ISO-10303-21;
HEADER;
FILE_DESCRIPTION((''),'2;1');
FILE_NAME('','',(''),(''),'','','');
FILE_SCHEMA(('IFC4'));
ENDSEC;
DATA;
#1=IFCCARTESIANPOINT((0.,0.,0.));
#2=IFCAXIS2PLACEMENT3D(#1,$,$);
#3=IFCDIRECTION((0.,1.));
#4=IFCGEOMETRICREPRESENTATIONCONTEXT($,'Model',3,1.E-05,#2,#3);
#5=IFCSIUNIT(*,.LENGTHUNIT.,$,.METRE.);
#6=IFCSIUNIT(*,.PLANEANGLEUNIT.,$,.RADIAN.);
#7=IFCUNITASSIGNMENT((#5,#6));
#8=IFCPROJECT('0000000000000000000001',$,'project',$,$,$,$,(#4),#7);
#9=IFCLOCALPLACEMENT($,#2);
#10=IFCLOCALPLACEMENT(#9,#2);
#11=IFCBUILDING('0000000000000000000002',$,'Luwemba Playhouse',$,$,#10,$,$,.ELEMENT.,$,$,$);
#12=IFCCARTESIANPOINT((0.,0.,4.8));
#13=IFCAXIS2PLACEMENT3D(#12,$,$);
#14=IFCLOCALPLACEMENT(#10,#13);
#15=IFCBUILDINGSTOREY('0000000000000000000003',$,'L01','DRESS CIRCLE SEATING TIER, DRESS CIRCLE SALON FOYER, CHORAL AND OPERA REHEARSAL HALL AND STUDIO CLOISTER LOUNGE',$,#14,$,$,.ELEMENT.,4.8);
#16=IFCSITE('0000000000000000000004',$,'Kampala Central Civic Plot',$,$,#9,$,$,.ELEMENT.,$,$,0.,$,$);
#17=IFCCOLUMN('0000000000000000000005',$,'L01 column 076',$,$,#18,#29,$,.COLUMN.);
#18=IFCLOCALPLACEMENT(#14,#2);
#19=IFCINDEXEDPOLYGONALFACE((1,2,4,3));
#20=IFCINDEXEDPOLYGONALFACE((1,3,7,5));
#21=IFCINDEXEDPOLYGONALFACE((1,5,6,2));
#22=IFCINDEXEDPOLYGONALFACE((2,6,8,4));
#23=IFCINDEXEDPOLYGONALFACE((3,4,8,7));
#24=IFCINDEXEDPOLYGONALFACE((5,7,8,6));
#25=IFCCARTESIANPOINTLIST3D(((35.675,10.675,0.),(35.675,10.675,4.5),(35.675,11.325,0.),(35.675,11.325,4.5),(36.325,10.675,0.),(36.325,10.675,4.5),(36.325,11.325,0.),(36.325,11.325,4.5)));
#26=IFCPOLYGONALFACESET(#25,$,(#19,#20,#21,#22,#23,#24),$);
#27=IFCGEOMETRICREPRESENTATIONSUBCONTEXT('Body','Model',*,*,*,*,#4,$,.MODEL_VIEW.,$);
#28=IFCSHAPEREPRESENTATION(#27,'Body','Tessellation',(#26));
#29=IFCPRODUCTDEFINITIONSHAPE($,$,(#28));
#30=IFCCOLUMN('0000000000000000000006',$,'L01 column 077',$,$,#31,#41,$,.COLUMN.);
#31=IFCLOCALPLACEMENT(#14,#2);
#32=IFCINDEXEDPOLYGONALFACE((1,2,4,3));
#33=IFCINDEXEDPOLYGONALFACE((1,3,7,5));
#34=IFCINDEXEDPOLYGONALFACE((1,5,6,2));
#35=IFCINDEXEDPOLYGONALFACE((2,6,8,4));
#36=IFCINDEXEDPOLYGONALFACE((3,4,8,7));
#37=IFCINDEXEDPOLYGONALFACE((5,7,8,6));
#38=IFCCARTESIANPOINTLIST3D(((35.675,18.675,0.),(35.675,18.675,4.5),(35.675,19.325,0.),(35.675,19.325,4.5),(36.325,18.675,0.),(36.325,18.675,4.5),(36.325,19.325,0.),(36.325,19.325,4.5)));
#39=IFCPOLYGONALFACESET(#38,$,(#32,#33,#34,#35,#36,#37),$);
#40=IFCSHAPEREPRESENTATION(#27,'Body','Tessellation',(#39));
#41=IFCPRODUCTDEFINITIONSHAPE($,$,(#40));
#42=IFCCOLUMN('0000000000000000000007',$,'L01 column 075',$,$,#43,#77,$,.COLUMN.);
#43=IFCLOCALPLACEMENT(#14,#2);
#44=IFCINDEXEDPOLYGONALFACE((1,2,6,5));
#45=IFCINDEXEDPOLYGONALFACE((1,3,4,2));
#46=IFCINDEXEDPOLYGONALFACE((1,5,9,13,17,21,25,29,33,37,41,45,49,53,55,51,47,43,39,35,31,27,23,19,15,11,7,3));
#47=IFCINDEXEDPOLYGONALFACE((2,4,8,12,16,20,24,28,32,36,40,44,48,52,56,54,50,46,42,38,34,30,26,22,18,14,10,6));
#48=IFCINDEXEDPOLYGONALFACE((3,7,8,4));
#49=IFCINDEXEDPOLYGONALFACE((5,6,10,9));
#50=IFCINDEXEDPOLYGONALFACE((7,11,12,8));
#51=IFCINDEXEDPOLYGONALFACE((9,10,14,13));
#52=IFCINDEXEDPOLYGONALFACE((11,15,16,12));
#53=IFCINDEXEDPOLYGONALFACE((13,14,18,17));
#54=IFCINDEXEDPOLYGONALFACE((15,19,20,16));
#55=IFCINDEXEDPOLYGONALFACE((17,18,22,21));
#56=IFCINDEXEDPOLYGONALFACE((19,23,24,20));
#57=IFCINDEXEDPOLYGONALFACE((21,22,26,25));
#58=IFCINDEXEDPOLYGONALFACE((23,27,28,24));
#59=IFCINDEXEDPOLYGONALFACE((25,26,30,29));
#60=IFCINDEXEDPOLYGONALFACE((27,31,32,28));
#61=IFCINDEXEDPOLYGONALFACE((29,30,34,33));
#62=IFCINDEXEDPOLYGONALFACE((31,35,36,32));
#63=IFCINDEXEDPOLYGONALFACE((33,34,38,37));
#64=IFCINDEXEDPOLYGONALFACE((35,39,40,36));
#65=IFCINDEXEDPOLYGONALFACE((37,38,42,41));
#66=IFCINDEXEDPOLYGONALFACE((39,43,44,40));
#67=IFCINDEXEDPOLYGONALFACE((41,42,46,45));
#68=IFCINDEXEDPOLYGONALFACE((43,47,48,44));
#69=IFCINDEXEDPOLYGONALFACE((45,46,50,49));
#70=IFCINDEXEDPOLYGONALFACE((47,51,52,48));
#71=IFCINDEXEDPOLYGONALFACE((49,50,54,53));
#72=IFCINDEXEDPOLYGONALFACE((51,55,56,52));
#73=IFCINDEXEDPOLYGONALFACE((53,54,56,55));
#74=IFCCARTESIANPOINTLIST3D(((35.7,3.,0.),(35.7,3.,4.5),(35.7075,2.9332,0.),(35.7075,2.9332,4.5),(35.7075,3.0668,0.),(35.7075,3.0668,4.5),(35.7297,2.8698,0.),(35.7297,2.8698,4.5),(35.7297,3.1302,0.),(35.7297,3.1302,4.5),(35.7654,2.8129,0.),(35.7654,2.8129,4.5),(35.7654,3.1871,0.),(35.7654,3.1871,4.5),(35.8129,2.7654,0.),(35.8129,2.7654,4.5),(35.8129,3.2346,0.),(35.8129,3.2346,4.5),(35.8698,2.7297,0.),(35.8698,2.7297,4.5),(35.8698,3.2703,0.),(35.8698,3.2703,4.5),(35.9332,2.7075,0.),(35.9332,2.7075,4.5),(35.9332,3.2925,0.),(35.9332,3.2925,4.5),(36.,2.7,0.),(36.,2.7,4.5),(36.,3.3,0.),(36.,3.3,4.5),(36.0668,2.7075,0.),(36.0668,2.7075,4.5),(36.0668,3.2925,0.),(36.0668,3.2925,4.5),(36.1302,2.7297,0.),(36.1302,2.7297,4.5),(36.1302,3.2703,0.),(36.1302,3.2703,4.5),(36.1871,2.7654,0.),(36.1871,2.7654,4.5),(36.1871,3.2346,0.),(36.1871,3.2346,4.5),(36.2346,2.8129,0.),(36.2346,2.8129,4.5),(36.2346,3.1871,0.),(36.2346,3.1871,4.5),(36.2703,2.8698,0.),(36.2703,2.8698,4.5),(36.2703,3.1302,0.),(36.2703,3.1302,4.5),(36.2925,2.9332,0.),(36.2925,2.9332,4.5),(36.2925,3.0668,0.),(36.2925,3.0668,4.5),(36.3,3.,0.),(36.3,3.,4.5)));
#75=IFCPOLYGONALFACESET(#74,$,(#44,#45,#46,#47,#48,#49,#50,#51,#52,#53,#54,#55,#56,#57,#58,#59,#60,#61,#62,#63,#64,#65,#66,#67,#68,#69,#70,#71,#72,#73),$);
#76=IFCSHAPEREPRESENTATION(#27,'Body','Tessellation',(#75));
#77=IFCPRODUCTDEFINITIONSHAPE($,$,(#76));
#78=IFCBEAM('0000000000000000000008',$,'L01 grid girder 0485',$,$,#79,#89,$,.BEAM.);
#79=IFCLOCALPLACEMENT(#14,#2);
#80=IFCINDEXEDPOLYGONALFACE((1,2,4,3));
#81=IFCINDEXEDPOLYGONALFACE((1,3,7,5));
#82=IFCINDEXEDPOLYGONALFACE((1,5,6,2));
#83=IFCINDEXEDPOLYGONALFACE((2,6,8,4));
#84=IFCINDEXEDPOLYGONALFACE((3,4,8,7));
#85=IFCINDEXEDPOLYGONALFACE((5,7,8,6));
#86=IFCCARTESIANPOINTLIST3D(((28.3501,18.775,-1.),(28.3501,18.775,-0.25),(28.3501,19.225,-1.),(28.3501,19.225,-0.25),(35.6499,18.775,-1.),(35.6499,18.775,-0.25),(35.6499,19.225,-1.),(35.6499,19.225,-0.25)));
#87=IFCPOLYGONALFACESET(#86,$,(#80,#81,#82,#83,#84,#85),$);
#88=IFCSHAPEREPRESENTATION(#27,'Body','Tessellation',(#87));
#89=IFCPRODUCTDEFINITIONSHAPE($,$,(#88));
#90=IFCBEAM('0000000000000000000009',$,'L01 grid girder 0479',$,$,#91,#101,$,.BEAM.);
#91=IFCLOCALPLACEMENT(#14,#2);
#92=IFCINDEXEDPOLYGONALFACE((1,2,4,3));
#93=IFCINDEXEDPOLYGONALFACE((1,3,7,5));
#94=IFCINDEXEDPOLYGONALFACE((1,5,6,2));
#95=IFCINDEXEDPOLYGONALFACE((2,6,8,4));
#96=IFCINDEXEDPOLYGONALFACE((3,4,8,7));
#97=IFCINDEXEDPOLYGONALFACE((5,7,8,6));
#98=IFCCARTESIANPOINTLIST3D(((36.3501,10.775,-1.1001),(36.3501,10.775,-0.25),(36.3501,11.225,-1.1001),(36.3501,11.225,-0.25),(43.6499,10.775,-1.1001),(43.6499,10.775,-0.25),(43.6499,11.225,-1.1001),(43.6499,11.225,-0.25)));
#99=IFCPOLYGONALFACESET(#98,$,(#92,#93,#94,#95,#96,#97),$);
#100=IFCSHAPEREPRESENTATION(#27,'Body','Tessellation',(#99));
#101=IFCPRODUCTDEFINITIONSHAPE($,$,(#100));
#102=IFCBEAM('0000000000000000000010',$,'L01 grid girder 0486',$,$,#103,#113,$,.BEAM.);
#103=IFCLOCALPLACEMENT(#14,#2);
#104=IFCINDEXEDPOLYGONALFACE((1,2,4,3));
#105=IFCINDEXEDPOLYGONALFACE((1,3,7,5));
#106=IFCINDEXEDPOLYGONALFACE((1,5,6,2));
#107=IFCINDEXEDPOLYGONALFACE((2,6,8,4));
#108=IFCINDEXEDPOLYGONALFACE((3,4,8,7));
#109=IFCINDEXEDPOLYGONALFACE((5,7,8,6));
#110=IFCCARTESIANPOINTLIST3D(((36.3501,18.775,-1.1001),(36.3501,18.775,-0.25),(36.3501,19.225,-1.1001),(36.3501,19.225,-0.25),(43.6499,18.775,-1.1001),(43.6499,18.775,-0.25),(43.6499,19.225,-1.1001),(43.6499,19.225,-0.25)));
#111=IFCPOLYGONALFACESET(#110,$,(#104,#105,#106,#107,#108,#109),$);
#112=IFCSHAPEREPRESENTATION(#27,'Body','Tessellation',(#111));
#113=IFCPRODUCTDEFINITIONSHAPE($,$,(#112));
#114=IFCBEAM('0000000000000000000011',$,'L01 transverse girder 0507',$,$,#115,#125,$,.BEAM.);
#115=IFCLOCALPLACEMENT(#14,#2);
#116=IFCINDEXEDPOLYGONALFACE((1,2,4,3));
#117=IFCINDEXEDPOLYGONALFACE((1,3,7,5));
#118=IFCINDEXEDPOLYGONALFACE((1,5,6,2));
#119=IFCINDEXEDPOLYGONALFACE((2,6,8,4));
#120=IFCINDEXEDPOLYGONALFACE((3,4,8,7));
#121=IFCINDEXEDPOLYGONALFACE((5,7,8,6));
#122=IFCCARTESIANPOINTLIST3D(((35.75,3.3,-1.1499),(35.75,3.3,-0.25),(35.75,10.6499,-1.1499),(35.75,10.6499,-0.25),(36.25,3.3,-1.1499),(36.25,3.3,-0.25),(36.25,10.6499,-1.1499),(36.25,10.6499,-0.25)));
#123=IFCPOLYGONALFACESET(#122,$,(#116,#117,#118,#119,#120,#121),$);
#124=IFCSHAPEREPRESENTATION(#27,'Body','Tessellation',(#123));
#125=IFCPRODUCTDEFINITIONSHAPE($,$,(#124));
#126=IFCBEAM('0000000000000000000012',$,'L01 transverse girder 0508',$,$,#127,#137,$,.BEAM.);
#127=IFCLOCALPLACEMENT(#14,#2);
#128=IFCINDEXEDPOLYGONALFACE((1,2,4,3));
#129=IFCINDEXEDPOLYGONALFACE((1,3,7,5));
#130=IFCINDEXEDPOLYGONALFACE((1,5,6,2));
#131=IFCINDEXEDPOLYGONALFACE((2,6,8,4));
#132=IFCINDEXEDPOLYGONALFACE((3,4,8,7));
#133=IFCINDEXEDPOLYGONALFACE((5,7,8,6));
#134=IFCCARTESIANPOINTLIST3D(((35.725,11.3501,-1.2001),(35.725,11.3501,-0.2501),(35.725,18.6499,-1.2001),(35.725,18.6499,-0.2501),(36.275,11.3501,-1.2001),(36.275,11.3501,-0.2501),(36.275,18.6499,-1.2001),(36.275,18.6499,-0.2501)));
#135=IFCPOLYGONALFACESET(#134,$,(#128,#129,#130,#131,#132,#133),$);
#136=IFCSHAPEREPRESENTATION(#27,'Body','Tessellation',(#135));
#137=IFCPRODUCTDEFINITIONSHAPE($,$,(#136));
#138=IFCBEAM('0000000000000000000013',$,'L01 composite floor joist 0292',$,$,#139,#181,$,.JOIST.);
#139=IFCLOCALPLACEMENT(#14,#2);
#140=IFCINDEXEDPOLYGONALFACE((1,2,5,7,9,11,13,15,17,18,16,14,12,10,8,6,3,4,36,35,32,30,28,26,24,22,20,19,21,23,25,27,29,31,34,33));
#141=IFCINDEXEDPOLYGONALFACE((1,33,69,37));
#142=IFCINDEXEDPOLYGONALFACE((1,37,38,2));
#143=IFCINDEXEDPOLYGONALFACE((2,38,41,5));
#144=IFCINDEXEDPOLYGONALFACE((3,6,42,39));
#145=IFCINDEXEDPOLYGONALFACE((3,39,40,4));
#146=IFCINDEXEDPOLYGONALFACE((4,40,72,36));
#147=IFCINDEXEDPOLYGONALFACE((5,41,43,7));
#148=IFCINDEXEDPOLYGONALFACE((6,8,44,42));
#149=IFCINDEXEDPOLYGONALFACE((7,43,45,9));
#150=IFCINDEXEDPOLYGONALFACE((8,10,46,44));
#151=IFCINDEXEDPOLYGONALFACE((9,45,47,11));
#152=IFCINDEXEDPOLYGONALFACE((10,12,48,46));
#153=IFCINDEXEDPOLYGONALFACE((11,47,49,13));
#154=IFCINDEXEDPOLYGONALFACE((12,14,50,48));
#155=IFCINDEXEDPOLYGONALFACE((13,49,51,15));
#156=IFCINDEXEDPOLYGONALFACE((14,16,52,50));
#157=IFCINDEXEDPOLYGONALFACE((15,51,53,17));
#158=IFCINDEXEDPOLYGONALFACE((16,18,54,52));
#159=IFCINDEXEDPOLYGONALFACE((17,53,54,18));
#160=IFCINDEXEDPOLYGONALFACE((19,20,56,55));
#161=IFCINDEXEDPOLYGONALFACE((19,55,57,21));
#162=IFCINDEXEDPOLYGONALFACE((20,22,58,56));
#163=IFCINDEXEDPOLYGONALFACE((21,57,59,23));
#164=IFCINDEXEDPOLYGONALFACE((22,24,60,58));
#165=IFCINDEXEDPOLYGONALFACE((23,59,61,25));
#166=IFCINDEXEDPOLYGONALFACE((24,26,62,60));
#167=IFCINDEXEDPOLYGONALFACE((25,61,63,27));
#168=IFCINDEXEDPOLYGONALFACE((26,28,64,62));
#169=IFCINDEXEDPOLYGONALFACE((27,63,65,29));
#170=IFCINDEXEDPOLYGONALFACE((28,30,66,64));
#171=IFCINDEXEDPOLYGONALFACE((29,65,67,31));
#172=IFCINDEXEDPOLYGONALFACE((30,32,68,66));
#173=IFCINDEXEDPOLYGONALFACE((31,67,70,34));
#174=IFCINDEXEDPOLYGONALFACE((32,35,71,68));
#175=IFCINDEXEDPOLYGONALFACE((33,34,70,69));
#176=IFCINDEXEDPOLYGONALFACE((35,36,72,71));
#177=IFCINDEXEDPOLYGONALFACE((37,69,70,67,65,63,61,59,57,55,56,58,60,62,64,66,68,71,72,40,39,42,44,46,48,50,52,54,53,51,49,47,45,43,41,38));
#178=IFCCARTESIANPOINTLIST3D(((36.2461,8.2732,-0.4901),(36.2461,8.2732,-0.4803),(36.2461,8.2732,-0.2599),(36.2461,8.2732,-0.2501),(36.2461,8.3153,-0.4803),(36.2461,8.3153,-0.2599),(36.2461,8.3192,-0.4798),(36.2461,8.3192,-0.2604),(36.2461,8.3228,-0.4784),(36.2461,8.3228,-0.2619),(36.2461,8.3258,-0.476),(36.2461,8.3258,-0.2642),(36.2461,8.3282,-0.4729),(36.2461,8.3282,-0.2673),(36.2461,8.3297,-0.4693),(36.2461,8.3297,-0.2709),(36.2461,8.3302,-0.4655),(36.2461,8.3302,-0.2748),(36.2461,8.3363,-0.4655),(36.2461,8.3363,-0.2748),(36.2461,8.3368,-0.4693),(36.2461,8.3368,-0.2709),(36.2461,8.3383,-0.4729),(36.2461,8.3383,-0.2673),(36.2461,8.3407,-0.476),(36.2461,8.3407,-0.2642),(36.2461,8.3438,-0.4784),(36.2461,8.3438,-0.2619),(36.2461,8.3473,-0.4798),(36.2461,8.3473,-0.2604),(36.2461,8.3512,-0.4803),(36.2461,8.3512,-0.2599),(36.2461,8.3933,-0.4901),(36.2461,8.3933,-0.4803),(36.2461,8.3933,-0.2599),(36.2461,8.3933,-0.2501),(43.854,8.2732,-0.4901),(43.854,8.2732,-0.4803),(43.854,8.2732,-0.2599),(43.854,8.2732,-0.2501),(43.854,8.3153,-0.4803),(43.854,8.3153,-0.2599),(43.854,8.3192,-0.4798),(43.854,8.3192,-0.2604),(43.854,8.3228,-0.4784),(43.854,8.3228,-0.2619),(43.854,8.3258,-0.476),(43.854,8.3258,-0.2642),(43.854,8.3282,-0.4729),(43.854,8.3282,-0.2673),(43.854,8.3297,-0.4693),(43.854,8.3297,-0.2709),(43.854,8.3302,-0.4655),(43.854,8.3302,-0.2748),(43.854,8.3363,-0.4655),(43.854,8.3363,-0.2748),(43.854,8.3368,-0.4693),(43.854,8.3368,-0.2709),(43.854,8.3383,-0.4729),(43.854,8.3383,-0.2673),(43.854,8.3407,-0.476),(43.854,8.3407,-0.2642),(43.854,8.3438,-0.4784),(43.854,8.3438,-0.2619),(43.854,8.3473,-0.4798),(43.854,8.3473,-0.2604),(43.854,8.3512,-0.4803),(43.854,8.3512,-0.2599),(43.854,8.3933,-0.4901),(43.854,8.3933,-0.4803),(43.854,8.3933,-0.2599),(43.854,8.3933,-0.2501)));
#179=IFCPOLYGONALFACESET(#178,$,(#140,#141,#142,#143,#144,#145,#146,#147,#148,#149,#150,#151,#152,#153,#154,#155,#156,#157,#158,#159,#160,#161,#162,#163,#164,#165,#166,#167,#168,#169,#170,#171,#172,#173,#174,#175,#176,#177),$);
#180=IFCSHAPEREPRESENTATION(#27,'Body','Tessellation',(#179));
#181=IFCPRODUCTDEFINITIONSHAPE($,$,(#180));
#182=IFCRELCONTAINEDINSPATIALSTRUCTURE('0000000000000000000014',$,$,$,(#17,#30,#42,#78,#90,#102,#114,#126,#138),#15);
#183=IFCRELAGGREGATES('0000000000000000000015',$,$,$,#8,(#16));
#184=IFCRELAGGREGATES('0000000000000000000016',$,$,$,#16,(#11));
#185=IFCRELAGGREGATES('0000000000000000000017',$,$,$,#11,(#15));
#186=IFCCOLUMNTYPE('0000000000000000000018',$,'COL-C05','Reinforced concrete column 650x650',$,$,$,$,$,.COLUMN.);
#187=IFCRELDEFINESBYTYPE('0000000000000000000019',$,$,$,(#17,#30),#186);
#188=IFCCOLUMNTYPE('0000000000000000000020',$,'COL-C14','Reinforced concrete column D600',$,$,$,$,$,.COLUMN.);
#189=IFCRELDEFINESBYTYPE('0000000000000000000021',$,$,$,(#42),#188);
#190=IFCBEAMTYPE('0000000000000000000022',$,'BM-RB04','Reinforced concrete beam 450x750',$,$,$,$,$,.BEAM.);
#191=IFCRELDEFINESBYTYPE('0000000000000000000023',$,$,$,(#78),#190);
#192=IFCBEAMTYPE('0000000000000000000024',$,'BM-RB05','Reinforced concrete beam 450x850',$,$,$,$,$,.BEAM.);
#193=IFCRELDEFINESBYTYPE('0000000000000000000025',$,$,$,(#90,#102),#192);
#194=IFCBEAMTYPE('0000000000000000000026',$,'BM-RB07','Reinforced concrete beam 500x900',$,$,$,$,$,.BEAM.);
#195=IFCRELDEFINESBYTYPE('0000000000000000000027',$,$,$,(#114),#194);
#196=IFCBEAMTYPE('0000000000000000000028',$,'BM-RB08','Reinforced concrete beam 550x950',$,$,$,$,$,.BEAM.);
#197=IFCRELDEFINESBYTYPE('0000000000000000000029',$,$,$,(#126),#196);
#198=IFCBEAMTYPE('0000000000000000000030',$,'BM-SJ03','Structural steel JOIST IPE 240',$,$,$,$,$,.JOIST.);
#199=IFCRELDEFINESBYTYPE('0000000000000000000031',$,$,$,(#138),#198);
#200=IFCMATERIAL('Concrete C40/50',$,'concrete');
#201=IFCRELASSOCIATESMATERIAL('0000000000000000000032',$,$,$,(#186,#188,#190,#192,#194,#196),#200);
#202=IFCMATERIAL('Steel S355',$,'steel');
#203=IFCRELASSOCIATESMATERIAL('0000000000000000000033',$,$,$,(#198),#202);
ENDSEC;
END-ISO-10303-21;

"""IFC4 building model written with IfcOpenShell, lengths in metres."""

from ifc_helpers import new_model, si_unit, direction, frame, origin, origin_2d, place, context, subcontext, project, spatial, rectangle, circle, i_section, extrude, material, material_profile, profile_set, type_object, element, save


model = new_model("IFC4")

# Units and contexts
model_context = context("Model", 3, precision=1e-05, world=origin(), true_north=direction((0.0, 1.0)))
body_context = subcontext(model_context, "Body", "Model", "MODEL_VIEW")
ifc_project = project(units=[si_unit("LENGTHUNIT", "METRE"), si_unit("PLANEANGLEUNIT", "RADIAN")], contexts=[model_context])

# Site, building, storey
site_placement = place(None, origin())
site = spatial("IfcSite", under=ifc_project, at=site_placement, Name="Kampala Central Civic Plot", CompositionType="ELEMENT", RefElevation=0.0)
building_placement = place(site_placement, origin())
building = spatial("IfcBuilding", under=site, at=building_placement, Name="Luwemba Playhouse", CompositionType="ELEMENT")
storey_placement = place(building_placement, frame((0.0, 0.0, 4.8)))
storey = spatial("IfcBuildingStorey", under=building, at=storey_placement, Name="L01", Description="DRESS CIRCLE SEATING TIER, DRESS CIRCLE SALON FOYER, CHORAL AND OPERA REHEARSAL HALL AND STUDIO CLOISTER LOUNGE", CompositionType="ELEMENT", Elevation=4.8)

# Columns
ifc_material_1 = material(Name="Concrete C40/50", Category="concrete")
ifc_material_profile_1 = material_profile(ifc_material_1, rectangle(XDim=0.6499, YDim=0.6499, at=origin_2d()))
ifc_profile_set_1 = profile_set([ifc_material_profile_1], Name="Concrete C40/50")
column_type_1 = type_object("IfcColumnType", Name="COL-C05", Description="Reinforced concrete column 650x650", PredefinedType="COLUMN", material=ifc_profile_set_1)
for number, where, z_axis, x_axis, name in (
    (1, (36.0, 11.0, 0.0), (0.0, 0.0, 1.0), (1.0, 0.0, 0.0), "L01 column 076"),
    (2, (36.0, 19.0, 0.0), (0.0, 0.0, 1.0), (1.0, 0.0, 0.0), "L01 column 077"),
):
    element("IfcColumn", number, at=place(storey_placement, frame(where, z_axis=z_axis, x_axis=x_axis)), inside=storey, type_object=column_type_1, Name=name, PredefinedType="COLUMN", context=body_context, shape_type="SweptSolid", body=[
        extrude(rectangle(XDim=0.6499, YDim=0.6499, at=origin_2d()), origin(), (0.0, 0.0, 1.0), 4.5),
    ])
ifc_material_profile_2 = material_profile(ifc_material_1, circle(Radius=0.3, at=origin_2d()))
ifc_profile_set_2 = profile_set([ifc_material_profile_2], Name="Concrete C40/50")
column_type_2 = type_object("IfcColumnType", Name="COL-C14", Description="Reinforced concrete column D600", PredefinedType="COLUMN", material=ifc_profile_set_2)
column_placement = place(storey_placement, frame((36.0, 3.0, 0.0), z_axis=(0.0, 0.0, 1.0), x_axis=(1.0, 0.0, 0.0)))
element("IfcColumn", 3, at=column_placement, inside=storey, type_object=column_type_2, Name="L01 column 075", PredefinedType="COLUMN", context=body_context, shape_type="SweptSolid", body=[
    extrude(circle(Radius=0.3, at=origin_2d()), origin(), (0.0, 0.0, 1.0), 4.5),
])

# Beams
ifc_material_profile_3 = material_profile(ifc_material_1, rectangle(XDim=0.45, YDim=0.75, at=origin_2d()))
ifc_profile_set_3 = profile_set([ifc_material_profile_3], Name="Concrete C40/50")
beam_type_1 = type_object("IfcBeamType", Name="BM-RB04", Description="Reinforced concrete beam 450x750", PredefinedType="BEAM", material=ifc_profile_set_3)
beam_1_placement = place(storey_placement, frame((28.3501, 19.0, -0.625), z_axis=(1.0, 0.0, 0.0), x_axis=(0.0, 1.0, 0.0)))
element("IfcBeam", 4, at=beam_1_placement, inside=storey, type_object=beam_type_1, Name="L01 grid girder 0485", PredefinedType="BEAM", context=body_context, shape_type="SweptSolid", body=[
    extrude(rectangle(XDim=0.45, YDim=0.75, at=origin_2d()), origin(), (0.0, 0.0, 1.0), 7.2998),
])
ifc_material_profile_4 = material_profile(ifc_material_1, rectangle(XDim=0.45, YDim=0.8501, at=origin_2d()))
ifc_profile_set_4 = profile_set([ifc_material_profile_4], Name="Concrete C40/50")
beam_type_2 = type_object("IfcBeamType", Name="BM-RB05", Description="Reinforced concrete beam 450x850", PredefinedType="BEAM", material=ifc_profile_set_4)
for number, where, z_axis, x_axis, name in (
    (5, (36.3501, 11.0, -0.675), (1.0, 0.0, 0.0), (0.0, 1.0, 0.0), "L01 grid girder 0479"),
    (6, (36.3501, 19.0, -0.675), (1.0, 0.0, 0.0), (0.0, 1.0, 0.0), "L01 grid girder 0486"),
):
    element("IfcBeam", number, at=place(storey_placement, frame(where, z_axis=z_axis, x_axis=x_axis)), inside=storey, type_object=beam_type_2, Name=name, PredefinedType="BEAM", context=body_context, shape_type="SweptSolid", body=[
        extrude(rectangle(XDim=0.45, YDim=0.8501, at=origin_2d()), origin(), (0.0, 0.0, 1.0), 7.2998),
    ])
ifc_material_profile_5 = material_profile(ifc_material_1, rectangle(XDim=0.5, YDim=0.8999, at=origin_2d()))
ifc_profile_set_5 = profile_set([ifc_material_profile_5], Name="Concrete C40/50")
beam_type_3 = type_object("IfcBeamType", Name="BM-RB07", Description="Reinforced concrete beam 500x900", PredefinedType="BEAM", material=ifc_profile_set_5)
beam_2_placement = place(storey_placement, frame((36.0, 3.3, -0.7), z_axis=(0.0, 1.0, 0.0), x_axis=(-1.0, 0.0, 0.0)))
element("IfcBeam", 7, at=beam_2_placement, inside=storey, type_object=beam_type_3, Name="L01 transverse girder 0507", PredefinedType="BEAM", context=body_context, shape_type="SweptSolid", body=[
    extrude(rectangle(XDim=0.5, YDim=0.8999, at=origin_2d()), origin(), (0.0, 0.0, 1.0), 7.3499),
])
ifc_material_profile_6 = material_profile(ifc_material_1, rectangle(XDim=0.55, YDim=0.95, at=origin_2d()))
ifc_profile_set_6 = profile_set([ifc_material_profile_6], Name="Concrete C40/50")
beam_type_4 = type_object("IfcBeamType", Name="BM-RB08", Description="Reinforced concrete beam 550x950", PredefinedType="BEAM", material=ifc_profile_set_6)
beam_3_placement = place(storey_placement, frame((36.0, 11.3501, -0.7251), z_axis=(0.0, 1.0, 0.0), x_axis=(-1.0, 0.0, 0.0)))
element("IfcBeam", 8, at=beam_3_placement, inside=storey, type_object=beam_type_4, Name="L01 transverse girder 0508", PredefinedType="BEAM", context=body_context, shape_type="SweptSolid", body=[
    extrude(rectangle(XDim=0.55, YDim=0.95, at=origin_2d()), origin(), (0.0, 0.0, 1.0), 7.2998),
])
ifc_material_2 = material(Name="Steel S355", Category="steel")
ifc_material_profile_7 = material_profile(ifc_material_2, i_section(OverallWidth=0.1201, OverallDepth=0.24, WebThickness=0.0061, FlangeThickness=0.0098, FilletRadius=0.0149, at=origin_2d()))
ifc_profile_set_7 = profile_set([ifc_material_profile_7], Name="Steel S355")
beam_type_5 = type_object("IfcBeamType", Name="BM-SJ03", Description="Structural steel JOIST IPE 240", PredefinedType="JOIST", material=ifc_profile_set_7)
beam_4_placement = place(storey_placement, frame((36.2461, 8.3333, -0.3701), z_axis=(1.0, 0.0, 0.0), x_axis=(0.0, 1.0, 0.0)))
element("IfcBeam", 9, at=beam_4_placement, inside=storey, type_object=beam_type_5, Name="L01 composite floor joist 0292", PredefinedType="JOIST", context=body_context, shape_type="SweptSolid", body=[
    extrude(i_section(OverallWidth=0.1201, OverallDepth=0.24, WebThickness=0.0061, FlangeThickness=0.0098, FilletRadius=0.0149, at=origin_2d()), origin(), (0.0, 0.0, 1.0), 7.6079),
])

save(model, "model.ifc")
